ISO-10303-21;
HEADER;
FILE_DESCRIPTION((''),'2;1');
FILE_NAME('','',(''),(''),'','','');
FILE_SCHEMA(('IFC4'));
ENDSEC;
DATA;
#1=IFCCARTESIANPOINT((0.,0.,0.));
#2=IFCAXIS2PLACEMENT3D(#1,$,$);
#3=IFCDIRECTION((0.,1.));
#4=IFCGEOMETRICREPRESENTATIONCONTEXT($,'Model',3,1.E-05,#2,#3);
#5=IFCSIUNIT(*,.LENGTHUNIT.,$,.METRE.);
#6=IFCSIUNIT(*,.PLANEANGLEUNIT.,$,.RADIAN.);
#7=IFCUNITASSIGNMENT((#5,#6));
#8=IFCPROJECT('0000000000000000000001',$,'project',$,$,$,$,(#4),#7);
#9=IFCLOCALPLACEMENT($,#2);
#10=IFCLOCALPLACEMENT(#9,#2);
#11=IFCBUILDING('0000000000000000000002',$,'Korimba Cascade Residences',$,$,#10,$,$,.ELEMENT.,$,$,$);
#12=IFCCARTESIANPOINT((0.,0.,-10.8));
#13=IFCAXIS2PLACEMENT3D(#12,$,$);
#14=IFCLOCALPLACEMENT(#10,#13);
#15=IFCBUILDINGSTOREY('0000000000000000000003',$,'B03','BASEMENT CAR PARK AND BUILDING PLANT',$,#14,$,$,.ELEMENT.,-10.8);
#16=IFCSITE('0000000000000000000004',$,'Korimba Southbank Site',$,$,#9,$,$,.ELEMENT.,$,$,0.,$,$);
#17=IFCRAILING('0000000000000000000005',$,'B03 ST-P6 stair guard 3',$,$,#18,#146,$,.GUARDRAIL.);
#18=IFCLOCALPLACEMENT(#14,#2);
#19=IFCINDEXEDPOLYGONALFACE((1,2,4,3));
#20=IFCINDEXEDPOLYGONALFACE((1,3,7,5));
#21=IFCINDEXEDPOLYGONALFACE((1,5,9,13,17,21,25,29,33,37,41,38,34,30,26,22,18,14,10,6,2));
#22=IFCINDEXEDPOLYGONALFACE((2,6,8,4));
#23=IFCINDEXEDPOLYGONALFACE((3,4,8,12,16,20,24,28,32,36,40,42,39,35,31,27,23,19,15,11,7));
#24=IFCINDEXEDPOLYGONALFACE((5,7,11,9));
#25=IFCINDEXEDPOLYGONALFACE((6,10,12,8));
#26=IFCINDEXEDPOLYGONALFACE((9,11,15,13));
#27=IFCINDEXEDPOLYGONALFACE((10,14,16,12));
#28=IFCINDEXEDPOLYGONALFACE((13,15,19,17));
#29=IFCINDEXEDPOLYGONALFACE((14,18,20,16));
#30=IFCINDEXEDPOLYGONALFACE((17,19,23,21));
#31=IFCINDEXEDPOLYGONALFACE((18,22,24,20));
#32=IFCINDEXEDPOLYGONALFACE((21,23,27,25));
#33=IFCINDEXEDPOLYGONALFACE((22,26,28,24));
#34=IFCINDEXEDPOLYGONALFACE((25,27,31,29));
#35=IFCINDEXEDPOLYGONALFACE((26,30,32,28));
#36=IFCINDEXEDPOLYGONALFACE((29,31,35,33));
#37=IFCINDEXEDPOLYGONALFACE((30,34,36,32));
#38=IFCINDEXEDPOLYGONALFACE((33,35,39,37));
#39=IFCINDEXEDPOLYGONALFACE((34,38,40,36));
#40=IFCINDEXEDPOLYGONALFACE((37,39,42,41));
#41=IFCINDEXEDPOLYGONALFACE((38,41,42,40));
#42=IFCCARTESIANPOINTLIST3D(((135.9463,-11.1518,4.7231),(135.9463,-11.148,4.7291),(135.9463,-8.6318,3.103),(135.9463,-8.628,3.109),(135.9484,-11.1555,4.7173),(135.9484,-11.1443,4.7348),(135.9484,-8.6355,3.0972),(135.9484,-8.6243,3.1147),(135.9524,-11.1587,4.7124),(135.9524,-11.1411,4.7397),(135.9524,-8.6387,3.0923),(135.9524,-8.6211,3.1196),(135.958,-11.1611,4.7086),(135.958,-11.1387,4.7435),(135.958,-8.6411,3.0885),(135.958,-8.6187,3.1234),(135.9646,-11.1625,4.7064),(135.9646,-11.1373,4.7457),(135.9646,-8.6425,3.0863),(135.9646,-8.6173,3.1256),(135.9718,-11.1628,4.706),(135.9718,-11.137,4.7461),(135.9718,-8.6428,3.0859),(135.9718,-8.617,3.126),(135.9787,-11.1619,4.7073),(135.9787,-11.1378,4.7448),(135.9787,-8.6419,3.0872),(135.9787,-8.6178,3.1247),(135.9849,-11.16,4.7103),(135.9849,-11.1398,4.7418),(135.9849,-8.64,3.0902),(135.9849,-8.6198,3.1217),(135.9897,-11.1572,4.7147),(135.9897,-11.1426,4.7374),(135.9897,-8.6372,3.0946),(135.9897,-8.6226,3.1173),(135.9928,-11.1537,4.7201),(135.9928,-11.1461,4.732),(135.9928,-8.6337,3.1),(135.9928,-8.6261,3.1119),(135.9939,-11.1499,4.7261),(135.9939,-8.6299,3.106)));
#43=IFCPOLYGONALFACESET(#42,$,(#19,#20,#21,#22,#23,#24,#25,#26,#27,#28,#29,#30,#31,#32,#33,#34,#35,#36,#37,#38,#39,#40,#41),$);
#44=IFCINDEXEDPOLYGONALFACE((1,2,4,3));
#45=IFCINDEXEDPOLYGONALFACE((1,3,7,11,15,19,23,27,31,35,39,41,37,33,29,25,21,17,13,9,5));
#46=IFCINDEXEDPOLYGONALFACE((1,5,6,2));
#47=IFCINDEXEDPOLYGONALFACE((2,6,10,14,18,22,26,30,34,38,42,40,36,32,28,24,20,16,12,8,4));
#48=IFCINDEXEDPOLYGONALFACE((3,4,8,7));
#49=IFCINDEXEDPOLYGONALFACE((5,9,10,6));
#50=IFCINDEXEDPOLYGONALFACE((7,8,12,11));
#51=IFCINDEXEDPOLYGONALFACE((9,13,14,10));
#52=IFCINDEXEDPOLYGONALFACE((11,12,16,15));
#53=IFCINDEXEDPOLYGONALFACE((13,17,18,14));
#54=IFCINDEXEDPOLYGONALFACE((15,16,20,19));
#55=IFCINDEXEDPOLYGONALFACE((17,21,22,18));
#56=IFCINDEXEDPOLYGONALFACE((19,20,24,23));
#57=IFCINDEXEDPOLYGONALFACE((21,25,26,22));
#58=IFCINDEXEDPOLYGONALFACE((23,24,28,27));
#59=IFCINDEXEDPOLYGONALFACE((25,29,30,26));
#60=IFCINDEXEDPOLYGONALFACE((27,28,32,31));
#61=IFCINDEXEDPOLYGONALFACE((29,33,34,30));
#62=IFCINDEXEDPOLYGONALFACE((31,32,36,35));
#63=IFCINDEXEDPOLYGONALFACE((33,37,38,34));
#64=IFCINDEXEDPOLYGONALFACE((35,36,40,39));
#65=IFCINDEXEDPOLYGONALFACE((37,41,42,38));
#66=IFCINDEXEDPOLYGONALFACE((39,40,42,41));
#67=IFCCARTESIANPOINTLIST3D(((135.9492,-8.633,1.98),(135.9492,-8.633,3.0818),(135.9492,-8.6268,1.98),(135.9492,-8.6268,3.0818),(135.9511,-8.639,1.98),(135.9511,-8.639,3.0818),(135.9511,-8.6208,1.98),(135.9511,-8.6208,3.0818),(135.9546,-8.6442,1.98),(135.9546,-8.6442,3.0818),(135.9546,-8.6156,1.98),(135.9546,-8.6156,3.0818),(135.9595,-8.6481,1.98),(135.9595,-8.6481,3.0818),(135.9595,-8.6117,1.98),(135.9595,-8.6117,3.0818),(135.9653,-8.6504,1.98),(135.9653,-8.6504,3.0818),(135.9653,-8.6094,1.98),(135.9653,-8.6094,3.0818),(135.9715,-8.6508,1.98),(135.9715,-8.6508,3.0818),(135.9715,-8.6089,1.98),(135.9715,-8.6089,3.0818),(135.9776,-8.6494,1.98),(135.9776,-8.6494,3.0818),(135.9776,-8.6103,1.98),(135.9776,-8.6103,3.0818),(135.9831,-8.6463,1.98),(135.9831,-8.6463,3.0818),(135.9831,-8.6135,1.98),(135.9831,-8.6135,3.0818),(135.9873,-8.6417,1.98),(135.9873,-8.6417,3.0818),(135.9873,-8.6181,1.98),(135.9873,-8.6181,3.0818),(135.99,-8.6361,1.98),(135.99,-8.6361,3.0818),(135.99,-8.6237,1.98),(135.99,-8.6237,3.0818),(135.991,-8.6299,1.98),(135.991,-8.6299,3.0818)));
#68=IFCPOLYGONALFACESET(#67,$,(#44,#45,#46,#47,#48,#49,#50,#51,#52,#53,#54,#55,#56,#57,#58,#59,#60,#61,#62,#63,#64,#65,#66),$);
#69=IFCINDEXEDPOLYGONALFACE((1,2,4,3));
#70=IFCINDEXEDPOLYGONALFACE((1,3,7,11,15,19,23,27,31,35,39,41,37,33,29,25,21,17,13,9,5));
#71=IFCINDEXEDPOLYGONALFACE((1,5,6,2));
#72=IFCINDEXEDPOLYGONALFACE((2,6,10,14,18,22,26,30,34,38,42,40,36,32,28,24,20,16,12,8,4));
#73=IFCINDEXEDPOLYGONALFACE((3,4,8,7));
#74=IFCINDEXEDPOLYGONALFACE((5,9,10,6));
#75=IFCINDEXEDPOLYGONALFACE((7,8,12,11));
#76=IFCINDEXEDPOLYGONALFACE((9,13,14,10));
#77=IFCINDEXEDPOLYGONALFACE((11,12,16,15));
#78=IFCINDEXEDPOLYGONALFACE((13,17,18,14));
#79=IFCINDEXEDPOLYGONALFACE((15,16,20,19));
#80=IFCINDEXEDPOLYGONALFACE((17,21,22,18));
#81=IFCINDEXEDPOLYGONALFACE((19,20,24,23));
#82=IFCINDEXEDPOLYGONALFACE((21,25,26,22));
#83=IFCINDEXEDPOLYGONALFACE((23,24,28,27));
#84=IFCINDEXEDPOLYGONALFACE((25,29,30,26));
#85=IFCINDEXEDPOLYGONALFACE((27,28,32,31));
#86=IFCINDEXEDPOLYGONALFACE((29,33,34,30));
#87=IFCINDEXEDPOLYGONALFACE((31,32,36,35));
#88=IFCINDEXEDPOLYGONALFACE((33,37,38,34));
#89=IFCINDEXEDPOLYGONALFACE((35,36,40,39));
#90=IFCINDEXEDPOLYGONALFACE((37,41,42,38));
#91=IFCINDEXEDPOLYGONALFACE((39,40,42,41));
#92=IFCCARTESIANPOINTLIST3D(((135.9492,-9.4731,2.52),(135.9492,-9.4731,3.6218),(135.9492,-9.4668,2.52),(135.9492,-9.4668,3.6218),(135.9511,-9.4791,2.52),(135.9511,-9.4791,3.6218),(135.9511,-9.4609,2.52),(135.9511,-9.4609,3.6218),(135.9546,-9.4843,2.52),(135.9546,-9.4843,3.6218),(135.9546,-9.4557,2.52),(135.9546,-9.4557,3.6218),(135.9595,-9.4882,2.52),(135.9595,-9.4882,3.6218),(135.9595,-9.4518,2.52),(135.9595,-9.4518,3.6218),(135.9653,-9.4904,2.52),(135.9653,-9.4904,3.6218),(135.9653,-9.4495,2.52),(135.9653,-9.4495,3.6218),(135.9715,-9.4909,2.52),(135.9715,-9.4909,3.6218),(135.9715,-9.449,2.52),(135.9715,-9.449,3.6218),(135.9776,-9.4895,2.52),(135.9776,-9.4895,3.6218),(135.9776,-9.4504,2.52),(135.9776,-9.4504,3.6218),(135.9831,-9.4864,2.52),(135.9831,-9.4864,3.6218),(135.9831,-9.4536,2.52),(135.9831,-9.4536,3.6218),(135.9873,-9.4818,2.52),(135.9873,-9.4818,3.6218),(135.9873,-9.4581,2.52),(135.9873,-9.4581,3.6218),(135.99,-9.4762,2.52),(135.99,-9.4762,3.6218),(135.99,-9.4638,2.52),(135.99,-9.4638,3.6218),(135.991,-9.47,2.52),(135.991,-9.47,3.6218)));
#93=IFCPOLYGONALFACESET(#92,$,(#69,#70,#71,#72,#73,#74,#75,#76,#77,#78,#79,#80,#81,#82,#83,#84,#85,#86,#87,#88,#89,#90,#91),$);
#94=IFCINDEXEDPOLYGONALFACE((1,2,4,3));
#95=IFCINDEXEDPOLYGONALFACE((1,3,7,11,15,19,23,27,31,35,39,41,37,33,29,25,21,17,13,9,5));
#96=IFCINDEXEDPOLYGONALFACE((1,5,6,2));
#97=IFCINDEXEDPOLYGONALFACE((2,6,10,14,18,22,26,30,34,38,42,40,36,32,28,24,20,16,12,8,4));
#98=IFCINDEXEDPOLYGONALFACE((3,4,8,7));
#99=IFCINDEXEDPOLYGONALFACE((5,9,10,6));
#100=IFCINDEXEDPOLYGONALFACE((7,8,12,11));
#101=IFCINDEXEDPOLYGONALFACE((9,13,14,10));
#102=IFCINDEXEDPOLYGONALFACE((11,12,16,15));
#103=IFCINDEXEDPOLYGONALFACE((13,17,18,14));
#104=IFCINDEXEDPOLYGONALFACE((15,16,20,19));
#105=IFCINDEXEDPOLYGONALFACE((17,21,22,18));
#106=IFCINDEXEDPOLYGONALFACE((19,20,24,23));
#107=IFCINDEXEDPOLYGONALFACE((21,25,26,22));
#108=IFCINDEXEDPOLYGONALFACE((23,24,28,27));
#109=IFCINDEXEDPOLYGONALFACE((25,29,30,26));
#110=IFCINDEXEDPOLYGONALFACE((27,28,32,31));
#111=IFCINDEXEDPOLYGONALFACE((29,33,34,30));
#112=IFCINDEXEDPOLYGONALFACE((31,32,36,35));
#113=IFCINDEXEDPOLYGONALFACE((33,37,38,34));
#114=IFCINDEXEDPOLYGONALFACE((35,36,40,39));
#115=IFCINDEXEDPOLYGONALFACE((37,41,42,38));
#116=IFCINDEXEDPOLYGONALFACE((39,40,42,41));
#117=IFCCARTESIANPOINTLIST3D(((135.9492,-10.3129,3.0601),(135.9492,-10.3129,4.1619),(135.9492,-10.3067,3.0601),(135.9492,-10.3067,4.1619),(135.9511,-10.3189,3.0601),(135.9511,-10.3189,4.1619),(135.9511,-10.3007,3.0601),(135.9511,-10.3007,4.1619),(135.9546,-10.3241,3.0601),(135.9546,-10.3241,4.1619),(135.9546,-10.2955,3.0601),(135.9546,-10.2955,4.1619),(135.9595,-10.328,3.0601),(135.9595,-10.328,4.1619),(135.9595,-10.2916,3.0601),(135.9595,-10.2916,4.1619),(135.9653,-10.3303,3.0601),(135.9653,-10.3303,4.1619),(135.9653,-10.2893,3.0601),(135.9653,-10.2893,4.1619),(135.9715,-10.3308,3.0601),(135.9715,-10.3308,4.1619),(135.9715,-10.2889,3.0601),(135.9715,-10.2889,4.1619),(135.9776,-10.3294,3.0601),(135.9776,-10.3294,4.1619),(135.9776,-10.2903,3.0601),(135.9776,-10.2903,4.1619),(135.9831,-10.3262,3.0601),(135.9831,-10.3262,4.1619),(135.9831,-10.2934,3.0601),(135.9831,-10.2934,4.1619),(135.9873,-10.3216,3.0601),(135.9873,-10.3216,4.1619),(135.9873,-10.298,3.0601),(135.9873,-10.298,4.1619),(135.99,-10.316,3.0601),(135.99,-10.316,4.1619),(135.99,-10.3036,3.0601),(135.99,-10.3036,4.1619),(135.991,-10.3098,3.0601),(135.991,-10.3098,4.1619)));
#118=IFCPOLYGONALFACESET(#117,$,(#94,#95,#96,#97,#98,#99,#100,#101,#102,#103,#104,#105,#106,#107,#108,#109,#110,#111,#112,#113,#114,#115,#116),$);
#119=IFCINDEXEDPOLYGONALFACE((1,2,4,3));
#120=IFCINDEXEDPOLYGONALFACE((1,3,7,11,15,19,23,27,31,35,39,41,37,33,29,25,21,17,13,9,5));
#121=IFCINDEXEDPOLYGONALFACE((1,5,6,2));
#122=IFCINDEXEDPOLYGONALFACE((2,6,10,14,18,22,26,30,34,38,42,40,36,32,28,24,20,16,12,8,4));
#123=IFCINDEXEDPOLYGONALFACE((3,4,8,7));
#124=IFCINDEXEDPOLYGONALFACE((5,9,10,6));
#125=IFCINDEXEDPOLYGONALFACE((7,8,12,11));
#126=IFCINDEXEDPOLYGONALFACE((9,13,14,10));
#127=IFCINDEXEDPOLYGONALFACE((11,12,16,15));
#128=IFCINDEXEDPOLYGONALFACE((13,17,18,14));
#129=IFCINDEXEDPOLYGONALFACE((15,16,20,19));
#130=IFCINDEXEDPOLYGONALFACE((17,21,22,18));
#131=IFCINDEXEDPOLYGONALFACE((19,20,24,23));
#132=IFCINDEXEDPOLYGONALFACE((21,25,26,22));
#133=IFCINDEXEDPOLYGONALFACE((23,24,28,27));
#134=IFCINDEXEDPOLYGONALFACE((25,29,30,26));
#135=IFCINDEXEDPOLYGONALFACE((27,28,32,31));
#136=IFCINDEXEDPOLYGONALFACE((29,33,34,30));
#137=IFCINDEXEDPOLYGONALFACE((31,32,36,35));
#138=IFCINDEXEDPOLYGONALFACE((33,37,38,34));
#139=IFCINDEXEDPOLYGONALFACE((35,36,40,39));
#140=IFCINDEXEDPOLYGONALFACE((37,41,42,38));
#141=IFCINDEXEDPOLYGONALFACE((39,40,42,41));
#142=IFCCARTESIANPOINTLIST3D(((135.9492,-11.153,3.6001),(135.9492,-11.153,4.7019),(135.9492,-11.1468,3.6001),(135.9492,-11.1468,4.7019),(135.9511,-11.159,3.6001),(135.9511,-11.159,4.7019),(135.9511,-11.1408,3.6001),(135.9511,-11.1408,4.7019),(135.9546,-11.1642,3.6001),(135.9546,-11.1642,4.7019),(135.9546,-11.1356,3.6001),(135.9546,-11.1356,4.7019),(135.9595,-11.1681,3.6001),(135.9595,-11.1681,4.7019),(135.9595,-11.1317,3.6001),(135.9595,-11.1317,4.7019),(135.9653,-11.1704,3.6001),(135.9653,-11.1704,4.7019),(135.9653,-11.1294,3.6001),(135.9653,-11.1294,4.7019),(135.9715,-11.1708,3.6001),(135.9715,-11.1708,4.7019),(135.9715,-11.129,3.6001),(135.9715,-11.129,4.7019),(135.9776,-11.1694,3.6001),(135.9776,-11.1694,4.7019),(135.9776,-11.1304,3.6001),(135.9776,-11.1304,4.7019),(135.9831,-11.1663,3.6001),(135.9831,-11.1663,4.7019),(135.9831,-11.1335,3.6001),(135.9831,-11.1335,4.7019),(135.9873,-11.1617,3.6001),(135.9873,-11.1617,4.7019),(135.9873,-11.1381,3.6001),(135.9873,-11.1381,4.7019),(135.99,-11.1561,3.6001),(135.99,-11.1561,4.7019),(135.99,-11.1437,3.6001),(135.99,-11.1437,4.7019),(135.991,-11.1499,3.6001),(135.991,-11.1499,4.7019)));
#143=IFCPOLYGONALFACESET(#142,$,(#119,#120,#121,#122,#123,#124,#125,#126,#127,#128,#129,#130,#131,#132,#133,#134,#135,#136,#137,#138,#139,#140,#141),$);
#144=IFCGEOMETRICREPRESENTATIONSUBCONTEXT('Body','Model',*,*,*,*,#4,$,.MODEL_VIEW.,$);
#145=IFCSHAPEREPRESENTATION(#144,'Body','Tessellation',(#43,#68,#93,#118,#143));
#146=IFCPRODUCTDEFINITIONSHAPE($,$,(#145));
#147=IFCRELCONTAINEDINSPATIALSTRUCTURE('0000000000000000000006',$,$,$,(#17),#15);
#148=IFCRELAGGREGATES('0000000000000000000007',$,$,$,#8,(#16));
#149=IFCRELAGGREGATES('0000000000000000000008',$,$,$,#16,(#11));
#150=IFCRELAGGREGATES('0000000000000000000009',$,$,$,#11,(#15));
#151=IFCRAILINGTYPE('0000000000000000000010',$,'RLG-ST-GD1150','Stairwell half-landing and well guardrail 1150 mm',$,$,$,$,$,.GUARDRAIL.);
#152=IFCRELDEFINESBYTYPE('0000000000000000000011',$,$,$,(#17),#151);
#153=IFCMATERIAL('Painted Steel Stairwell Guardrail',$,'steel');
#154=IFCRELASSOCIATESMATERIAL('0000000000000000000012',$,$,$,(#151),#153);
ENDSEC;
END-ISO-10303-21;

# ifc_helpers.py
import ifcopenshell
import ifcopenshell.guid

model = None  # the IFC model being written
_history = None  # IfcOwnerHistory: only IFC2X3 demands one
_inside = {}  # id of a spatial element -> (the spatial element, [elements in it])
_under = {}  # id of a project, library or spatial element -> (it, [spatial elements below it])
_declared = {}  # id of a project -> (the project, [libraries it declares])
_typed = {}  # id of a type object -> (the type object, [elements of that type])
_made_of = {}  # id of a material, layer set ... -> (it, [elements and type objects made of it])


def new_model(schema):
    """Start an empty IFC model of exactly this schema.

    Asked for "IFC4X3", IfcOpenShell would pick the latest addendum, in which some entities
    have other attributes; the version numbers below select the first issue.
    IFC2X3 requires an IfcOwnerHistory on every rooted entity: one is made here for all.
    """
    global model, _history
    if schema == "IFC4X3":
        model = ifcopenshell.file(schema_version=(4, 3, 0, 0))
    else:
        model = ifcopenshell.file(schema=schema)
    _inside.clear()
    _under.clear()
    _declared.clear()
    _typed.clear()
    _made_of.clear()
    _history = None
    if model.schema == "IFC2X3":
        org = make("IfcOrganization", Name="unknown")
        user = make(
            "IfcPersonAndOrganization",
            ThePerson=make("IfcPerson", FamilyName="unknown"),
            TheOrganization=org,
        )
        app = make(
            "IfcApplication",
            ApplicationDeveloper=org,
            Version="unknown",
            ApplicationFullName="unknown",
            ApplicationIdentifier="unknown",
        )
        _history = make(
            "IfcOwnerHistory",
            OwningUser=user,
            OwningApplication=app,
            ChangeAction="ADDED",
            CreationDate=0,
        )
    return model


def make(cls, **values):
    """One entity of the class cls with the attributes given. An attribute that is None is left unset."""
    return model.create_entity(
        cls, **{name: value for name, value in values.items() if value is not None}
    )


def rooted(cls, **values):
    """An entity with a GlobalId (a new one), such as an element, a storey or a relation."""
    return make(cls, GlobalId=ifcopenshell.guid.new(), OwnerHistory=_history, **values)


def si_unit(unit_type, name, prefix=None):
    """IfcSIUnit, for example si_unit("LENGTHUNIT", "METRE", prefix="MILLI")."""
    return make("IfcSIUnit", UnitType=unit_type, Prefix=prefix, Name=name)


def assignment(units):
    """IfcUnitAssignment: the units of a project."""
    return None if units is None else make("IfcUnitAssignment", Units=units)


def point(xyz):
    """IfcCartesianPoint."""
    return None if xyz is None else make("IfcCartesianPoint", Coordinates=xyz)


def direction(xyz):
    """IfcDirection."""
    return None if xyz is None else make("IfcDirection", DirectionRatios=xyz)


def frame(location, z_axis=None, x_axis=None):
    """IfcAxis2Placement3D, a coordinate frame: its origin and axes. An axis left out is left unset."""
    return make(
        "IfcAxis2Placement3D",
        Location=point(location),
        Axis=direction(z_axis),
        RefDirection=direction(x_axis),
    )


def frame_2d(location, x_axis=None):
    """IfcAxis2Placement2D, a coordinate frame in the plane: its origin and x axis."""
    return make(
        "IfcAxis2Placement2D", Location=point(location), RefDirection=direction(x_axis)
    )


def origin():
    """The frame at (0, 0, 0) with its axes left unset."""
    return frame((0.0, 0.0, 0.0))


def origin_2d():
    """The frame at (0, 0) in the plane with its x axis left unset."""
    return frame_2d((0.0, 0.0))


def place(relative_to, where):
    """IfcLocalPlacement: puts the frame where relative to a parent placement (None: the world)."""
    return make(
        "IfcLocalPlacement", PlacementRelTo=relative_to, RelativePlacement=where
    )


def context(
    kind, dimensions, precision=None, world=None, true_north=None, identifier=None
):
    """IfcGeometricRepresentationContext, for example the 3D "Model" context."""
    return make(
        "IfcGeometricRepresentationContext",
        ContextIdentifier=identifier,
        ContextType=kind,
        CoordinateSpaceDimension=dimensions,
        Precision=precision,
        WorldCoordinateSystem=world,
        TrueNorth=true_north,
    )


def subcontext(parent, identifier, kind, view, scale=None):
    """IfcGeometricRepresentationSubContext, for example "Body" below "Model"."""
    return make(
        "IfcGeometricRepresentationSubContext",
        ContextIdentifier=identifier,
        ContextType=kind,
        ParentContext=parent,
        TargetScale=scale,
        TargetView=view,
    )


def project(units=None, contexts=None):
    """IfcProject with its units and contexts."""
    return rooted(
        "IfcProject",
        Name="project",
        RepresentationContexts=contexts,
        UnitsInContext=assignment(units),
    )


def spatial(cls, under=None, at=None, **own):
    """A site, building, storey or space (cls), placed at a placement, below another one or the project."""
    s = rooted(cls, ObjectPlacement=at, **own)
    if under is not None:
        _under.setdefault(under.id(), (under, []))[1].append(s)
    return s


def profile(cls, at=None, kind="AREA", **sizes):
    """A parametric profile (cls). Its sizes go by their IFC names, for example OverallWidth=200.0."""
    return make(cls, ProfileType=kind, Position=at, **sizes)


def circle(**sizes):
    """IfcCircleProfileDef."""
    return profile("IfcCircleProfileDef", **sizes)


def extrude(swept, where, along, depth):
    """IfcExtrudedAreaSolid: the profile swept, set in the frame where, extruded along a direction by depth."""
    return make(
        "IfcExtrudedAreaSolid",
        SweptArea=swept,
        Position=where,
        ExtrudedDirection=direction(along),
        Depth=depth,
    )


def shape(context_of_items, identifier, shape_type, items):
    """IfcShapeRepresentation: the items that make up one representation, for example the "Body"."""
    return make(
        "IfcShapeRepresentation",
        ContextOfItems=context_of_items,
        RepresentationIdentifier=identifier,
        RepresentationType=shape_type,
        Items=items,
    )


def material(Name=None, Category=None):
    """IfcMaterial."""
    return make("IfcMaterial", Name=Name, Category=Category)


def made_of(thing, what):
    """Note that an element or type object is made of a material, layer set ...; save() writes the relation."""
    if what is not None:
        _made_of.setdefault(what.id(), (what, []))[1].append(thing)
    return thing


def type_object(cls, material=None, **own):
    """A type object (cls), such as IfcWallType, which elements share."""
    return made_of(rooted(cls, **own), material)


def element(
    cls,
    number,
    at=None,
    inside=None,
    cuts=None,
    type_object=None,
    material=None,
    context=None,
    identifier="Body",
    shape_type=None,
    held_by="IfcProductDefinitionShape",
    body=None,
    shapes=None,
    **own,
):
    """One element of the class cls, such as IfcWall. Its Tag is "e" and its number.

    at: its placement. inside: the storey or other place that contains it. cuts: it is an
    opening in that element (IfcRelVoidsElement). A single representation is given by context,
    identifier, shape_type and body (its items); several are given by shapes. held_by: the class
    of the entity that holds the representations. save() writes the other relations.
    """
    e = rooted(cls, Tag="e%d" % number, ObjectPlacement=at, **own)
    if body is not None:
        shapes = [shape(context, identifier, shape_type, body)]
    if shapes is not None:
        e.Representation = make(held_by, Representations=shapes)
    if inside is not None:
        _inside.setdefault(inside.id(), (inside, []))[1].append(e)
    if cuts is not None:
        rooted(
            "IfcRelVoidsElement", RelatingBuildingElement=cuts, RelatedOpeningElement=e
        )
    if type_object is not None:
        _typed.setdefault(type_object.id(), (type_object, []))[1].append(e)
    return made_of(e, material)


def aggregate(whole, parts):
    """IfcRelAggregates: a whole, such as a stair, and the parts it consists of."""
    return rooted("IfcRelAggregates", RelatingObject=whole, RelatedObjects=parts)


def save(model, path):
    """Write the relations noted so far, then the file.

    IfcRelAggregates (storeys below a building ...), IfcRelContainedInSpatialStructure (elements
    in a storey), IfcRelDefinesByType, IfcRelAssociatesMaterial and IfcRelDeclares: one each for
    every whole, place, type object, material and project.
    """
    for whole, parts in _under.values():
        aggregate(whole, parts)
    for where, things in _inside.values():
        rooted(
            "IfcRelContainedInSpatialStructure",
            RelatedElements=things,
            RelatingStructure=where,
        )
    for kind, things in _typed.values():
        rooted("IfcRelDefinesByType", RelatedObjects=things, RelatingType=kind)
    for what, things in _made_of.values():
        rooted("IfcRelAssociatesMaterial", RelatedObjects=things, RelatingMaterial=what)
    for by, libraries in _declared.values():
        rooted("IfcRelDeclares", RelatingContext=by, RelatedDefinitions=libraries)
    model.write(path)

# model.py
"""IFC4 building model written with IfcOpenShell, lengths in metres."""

from ifc_helpers import new_model, si_unit, direction, frame, origin, origin_2d, place, context, subcontext, project, spatial, circle, extrude, material, type_object, element, save


model = new_model("IFC4")

# Units and contexts
model_context = context("Model", 3, precision=1e-05, world=origin(), true_north=direction((0.0, 1.0)))
body_context = subcontext(model_context, "Body", "Model", "MODEL_VIEW")
ifc_project = project(units=[si_unit("LENGTHUNIT", "METRE"), si_unit("PLANEANGLEUNIT", "RADIAN")], contexts=[model_context])

# Site, building, storey
site_placement = place(None, origin())
site = spatial("IfcSite", under=ifc_project, at=site_placement, Name="Korimba Southbank Site", CompositionType="ELEMENT", RefElevation=0.0)
building_placement = place(site_placement, origin())
building = spatial("IfcBuilding", under=site, at=building_placement, Name="Korimba Cascade Residences", CompositionType="ELEMENT")
storey_placement = place(building_placement, frame((0.0, 0.0, -10.8)))
storey = spatial("IfcBuildingStorey", under=building, at=storey_placement, Name="B03", Description="BASEMENT CAR PARK AND BUILDING PLANT", CompositionType="ELEMENT", Elevation=-10.8)

# Railing
ifc_material_1 = material(Name="Painted Steel Stairwell Guardrail", Category="steel")
railing_type_1 = type_object("IfcRailingType", Name="RLG-ST-GD1150", Description="Stairwell half-landing and well guardrail 1150 mm", PredefinedType="GUARDRAIL", material=ifc_material_1)
railing_1_placement = place(storey_placement, frame((135.97, -8.6299, 1.98)))
element("IfcRailing", 1, at=railing_1_placement, inside=storey, type_object=railing_type_1, Name="B03 ST-P6 stair guard 3", PredefinedType="GUARDRAIL", context=body_context, shape_type="SweptSolid", body=[
    extrude(circle(Radius=0.0239, at=origin_2d()), frame((0.0, 0.0, 1.126), z_axis=(0.0, -0.841163, 0.540782), x_axis=(1.0, 0.0, 0.0)), (0.0, 0.0, 1.0), 2.9958),
    extrude(circle(Radius=0.021, at=origin_2d()), origin(), (0.0, 0.0, 1.0), 1.1018),
    extrude(circle(Radius=0.021, at=origin_2d()), frame((0.0, -0.8401, 0.54)), (0.0, 0.0, 1.0), 1.1018),
    extrude(circle(Radius=0.021, at=origin_2d()), frame((0.0, -1.6799, 1.0801)), (0.0, 0.0, 1.0), 1.1018),
    extrude(circle(Radius=0.021, at=origin_2d()), frame((0.0, -2.52, 1.6201)), (0.0, 0.0, 1.0), 1.1018),
])

save(model, "model.ifc")
